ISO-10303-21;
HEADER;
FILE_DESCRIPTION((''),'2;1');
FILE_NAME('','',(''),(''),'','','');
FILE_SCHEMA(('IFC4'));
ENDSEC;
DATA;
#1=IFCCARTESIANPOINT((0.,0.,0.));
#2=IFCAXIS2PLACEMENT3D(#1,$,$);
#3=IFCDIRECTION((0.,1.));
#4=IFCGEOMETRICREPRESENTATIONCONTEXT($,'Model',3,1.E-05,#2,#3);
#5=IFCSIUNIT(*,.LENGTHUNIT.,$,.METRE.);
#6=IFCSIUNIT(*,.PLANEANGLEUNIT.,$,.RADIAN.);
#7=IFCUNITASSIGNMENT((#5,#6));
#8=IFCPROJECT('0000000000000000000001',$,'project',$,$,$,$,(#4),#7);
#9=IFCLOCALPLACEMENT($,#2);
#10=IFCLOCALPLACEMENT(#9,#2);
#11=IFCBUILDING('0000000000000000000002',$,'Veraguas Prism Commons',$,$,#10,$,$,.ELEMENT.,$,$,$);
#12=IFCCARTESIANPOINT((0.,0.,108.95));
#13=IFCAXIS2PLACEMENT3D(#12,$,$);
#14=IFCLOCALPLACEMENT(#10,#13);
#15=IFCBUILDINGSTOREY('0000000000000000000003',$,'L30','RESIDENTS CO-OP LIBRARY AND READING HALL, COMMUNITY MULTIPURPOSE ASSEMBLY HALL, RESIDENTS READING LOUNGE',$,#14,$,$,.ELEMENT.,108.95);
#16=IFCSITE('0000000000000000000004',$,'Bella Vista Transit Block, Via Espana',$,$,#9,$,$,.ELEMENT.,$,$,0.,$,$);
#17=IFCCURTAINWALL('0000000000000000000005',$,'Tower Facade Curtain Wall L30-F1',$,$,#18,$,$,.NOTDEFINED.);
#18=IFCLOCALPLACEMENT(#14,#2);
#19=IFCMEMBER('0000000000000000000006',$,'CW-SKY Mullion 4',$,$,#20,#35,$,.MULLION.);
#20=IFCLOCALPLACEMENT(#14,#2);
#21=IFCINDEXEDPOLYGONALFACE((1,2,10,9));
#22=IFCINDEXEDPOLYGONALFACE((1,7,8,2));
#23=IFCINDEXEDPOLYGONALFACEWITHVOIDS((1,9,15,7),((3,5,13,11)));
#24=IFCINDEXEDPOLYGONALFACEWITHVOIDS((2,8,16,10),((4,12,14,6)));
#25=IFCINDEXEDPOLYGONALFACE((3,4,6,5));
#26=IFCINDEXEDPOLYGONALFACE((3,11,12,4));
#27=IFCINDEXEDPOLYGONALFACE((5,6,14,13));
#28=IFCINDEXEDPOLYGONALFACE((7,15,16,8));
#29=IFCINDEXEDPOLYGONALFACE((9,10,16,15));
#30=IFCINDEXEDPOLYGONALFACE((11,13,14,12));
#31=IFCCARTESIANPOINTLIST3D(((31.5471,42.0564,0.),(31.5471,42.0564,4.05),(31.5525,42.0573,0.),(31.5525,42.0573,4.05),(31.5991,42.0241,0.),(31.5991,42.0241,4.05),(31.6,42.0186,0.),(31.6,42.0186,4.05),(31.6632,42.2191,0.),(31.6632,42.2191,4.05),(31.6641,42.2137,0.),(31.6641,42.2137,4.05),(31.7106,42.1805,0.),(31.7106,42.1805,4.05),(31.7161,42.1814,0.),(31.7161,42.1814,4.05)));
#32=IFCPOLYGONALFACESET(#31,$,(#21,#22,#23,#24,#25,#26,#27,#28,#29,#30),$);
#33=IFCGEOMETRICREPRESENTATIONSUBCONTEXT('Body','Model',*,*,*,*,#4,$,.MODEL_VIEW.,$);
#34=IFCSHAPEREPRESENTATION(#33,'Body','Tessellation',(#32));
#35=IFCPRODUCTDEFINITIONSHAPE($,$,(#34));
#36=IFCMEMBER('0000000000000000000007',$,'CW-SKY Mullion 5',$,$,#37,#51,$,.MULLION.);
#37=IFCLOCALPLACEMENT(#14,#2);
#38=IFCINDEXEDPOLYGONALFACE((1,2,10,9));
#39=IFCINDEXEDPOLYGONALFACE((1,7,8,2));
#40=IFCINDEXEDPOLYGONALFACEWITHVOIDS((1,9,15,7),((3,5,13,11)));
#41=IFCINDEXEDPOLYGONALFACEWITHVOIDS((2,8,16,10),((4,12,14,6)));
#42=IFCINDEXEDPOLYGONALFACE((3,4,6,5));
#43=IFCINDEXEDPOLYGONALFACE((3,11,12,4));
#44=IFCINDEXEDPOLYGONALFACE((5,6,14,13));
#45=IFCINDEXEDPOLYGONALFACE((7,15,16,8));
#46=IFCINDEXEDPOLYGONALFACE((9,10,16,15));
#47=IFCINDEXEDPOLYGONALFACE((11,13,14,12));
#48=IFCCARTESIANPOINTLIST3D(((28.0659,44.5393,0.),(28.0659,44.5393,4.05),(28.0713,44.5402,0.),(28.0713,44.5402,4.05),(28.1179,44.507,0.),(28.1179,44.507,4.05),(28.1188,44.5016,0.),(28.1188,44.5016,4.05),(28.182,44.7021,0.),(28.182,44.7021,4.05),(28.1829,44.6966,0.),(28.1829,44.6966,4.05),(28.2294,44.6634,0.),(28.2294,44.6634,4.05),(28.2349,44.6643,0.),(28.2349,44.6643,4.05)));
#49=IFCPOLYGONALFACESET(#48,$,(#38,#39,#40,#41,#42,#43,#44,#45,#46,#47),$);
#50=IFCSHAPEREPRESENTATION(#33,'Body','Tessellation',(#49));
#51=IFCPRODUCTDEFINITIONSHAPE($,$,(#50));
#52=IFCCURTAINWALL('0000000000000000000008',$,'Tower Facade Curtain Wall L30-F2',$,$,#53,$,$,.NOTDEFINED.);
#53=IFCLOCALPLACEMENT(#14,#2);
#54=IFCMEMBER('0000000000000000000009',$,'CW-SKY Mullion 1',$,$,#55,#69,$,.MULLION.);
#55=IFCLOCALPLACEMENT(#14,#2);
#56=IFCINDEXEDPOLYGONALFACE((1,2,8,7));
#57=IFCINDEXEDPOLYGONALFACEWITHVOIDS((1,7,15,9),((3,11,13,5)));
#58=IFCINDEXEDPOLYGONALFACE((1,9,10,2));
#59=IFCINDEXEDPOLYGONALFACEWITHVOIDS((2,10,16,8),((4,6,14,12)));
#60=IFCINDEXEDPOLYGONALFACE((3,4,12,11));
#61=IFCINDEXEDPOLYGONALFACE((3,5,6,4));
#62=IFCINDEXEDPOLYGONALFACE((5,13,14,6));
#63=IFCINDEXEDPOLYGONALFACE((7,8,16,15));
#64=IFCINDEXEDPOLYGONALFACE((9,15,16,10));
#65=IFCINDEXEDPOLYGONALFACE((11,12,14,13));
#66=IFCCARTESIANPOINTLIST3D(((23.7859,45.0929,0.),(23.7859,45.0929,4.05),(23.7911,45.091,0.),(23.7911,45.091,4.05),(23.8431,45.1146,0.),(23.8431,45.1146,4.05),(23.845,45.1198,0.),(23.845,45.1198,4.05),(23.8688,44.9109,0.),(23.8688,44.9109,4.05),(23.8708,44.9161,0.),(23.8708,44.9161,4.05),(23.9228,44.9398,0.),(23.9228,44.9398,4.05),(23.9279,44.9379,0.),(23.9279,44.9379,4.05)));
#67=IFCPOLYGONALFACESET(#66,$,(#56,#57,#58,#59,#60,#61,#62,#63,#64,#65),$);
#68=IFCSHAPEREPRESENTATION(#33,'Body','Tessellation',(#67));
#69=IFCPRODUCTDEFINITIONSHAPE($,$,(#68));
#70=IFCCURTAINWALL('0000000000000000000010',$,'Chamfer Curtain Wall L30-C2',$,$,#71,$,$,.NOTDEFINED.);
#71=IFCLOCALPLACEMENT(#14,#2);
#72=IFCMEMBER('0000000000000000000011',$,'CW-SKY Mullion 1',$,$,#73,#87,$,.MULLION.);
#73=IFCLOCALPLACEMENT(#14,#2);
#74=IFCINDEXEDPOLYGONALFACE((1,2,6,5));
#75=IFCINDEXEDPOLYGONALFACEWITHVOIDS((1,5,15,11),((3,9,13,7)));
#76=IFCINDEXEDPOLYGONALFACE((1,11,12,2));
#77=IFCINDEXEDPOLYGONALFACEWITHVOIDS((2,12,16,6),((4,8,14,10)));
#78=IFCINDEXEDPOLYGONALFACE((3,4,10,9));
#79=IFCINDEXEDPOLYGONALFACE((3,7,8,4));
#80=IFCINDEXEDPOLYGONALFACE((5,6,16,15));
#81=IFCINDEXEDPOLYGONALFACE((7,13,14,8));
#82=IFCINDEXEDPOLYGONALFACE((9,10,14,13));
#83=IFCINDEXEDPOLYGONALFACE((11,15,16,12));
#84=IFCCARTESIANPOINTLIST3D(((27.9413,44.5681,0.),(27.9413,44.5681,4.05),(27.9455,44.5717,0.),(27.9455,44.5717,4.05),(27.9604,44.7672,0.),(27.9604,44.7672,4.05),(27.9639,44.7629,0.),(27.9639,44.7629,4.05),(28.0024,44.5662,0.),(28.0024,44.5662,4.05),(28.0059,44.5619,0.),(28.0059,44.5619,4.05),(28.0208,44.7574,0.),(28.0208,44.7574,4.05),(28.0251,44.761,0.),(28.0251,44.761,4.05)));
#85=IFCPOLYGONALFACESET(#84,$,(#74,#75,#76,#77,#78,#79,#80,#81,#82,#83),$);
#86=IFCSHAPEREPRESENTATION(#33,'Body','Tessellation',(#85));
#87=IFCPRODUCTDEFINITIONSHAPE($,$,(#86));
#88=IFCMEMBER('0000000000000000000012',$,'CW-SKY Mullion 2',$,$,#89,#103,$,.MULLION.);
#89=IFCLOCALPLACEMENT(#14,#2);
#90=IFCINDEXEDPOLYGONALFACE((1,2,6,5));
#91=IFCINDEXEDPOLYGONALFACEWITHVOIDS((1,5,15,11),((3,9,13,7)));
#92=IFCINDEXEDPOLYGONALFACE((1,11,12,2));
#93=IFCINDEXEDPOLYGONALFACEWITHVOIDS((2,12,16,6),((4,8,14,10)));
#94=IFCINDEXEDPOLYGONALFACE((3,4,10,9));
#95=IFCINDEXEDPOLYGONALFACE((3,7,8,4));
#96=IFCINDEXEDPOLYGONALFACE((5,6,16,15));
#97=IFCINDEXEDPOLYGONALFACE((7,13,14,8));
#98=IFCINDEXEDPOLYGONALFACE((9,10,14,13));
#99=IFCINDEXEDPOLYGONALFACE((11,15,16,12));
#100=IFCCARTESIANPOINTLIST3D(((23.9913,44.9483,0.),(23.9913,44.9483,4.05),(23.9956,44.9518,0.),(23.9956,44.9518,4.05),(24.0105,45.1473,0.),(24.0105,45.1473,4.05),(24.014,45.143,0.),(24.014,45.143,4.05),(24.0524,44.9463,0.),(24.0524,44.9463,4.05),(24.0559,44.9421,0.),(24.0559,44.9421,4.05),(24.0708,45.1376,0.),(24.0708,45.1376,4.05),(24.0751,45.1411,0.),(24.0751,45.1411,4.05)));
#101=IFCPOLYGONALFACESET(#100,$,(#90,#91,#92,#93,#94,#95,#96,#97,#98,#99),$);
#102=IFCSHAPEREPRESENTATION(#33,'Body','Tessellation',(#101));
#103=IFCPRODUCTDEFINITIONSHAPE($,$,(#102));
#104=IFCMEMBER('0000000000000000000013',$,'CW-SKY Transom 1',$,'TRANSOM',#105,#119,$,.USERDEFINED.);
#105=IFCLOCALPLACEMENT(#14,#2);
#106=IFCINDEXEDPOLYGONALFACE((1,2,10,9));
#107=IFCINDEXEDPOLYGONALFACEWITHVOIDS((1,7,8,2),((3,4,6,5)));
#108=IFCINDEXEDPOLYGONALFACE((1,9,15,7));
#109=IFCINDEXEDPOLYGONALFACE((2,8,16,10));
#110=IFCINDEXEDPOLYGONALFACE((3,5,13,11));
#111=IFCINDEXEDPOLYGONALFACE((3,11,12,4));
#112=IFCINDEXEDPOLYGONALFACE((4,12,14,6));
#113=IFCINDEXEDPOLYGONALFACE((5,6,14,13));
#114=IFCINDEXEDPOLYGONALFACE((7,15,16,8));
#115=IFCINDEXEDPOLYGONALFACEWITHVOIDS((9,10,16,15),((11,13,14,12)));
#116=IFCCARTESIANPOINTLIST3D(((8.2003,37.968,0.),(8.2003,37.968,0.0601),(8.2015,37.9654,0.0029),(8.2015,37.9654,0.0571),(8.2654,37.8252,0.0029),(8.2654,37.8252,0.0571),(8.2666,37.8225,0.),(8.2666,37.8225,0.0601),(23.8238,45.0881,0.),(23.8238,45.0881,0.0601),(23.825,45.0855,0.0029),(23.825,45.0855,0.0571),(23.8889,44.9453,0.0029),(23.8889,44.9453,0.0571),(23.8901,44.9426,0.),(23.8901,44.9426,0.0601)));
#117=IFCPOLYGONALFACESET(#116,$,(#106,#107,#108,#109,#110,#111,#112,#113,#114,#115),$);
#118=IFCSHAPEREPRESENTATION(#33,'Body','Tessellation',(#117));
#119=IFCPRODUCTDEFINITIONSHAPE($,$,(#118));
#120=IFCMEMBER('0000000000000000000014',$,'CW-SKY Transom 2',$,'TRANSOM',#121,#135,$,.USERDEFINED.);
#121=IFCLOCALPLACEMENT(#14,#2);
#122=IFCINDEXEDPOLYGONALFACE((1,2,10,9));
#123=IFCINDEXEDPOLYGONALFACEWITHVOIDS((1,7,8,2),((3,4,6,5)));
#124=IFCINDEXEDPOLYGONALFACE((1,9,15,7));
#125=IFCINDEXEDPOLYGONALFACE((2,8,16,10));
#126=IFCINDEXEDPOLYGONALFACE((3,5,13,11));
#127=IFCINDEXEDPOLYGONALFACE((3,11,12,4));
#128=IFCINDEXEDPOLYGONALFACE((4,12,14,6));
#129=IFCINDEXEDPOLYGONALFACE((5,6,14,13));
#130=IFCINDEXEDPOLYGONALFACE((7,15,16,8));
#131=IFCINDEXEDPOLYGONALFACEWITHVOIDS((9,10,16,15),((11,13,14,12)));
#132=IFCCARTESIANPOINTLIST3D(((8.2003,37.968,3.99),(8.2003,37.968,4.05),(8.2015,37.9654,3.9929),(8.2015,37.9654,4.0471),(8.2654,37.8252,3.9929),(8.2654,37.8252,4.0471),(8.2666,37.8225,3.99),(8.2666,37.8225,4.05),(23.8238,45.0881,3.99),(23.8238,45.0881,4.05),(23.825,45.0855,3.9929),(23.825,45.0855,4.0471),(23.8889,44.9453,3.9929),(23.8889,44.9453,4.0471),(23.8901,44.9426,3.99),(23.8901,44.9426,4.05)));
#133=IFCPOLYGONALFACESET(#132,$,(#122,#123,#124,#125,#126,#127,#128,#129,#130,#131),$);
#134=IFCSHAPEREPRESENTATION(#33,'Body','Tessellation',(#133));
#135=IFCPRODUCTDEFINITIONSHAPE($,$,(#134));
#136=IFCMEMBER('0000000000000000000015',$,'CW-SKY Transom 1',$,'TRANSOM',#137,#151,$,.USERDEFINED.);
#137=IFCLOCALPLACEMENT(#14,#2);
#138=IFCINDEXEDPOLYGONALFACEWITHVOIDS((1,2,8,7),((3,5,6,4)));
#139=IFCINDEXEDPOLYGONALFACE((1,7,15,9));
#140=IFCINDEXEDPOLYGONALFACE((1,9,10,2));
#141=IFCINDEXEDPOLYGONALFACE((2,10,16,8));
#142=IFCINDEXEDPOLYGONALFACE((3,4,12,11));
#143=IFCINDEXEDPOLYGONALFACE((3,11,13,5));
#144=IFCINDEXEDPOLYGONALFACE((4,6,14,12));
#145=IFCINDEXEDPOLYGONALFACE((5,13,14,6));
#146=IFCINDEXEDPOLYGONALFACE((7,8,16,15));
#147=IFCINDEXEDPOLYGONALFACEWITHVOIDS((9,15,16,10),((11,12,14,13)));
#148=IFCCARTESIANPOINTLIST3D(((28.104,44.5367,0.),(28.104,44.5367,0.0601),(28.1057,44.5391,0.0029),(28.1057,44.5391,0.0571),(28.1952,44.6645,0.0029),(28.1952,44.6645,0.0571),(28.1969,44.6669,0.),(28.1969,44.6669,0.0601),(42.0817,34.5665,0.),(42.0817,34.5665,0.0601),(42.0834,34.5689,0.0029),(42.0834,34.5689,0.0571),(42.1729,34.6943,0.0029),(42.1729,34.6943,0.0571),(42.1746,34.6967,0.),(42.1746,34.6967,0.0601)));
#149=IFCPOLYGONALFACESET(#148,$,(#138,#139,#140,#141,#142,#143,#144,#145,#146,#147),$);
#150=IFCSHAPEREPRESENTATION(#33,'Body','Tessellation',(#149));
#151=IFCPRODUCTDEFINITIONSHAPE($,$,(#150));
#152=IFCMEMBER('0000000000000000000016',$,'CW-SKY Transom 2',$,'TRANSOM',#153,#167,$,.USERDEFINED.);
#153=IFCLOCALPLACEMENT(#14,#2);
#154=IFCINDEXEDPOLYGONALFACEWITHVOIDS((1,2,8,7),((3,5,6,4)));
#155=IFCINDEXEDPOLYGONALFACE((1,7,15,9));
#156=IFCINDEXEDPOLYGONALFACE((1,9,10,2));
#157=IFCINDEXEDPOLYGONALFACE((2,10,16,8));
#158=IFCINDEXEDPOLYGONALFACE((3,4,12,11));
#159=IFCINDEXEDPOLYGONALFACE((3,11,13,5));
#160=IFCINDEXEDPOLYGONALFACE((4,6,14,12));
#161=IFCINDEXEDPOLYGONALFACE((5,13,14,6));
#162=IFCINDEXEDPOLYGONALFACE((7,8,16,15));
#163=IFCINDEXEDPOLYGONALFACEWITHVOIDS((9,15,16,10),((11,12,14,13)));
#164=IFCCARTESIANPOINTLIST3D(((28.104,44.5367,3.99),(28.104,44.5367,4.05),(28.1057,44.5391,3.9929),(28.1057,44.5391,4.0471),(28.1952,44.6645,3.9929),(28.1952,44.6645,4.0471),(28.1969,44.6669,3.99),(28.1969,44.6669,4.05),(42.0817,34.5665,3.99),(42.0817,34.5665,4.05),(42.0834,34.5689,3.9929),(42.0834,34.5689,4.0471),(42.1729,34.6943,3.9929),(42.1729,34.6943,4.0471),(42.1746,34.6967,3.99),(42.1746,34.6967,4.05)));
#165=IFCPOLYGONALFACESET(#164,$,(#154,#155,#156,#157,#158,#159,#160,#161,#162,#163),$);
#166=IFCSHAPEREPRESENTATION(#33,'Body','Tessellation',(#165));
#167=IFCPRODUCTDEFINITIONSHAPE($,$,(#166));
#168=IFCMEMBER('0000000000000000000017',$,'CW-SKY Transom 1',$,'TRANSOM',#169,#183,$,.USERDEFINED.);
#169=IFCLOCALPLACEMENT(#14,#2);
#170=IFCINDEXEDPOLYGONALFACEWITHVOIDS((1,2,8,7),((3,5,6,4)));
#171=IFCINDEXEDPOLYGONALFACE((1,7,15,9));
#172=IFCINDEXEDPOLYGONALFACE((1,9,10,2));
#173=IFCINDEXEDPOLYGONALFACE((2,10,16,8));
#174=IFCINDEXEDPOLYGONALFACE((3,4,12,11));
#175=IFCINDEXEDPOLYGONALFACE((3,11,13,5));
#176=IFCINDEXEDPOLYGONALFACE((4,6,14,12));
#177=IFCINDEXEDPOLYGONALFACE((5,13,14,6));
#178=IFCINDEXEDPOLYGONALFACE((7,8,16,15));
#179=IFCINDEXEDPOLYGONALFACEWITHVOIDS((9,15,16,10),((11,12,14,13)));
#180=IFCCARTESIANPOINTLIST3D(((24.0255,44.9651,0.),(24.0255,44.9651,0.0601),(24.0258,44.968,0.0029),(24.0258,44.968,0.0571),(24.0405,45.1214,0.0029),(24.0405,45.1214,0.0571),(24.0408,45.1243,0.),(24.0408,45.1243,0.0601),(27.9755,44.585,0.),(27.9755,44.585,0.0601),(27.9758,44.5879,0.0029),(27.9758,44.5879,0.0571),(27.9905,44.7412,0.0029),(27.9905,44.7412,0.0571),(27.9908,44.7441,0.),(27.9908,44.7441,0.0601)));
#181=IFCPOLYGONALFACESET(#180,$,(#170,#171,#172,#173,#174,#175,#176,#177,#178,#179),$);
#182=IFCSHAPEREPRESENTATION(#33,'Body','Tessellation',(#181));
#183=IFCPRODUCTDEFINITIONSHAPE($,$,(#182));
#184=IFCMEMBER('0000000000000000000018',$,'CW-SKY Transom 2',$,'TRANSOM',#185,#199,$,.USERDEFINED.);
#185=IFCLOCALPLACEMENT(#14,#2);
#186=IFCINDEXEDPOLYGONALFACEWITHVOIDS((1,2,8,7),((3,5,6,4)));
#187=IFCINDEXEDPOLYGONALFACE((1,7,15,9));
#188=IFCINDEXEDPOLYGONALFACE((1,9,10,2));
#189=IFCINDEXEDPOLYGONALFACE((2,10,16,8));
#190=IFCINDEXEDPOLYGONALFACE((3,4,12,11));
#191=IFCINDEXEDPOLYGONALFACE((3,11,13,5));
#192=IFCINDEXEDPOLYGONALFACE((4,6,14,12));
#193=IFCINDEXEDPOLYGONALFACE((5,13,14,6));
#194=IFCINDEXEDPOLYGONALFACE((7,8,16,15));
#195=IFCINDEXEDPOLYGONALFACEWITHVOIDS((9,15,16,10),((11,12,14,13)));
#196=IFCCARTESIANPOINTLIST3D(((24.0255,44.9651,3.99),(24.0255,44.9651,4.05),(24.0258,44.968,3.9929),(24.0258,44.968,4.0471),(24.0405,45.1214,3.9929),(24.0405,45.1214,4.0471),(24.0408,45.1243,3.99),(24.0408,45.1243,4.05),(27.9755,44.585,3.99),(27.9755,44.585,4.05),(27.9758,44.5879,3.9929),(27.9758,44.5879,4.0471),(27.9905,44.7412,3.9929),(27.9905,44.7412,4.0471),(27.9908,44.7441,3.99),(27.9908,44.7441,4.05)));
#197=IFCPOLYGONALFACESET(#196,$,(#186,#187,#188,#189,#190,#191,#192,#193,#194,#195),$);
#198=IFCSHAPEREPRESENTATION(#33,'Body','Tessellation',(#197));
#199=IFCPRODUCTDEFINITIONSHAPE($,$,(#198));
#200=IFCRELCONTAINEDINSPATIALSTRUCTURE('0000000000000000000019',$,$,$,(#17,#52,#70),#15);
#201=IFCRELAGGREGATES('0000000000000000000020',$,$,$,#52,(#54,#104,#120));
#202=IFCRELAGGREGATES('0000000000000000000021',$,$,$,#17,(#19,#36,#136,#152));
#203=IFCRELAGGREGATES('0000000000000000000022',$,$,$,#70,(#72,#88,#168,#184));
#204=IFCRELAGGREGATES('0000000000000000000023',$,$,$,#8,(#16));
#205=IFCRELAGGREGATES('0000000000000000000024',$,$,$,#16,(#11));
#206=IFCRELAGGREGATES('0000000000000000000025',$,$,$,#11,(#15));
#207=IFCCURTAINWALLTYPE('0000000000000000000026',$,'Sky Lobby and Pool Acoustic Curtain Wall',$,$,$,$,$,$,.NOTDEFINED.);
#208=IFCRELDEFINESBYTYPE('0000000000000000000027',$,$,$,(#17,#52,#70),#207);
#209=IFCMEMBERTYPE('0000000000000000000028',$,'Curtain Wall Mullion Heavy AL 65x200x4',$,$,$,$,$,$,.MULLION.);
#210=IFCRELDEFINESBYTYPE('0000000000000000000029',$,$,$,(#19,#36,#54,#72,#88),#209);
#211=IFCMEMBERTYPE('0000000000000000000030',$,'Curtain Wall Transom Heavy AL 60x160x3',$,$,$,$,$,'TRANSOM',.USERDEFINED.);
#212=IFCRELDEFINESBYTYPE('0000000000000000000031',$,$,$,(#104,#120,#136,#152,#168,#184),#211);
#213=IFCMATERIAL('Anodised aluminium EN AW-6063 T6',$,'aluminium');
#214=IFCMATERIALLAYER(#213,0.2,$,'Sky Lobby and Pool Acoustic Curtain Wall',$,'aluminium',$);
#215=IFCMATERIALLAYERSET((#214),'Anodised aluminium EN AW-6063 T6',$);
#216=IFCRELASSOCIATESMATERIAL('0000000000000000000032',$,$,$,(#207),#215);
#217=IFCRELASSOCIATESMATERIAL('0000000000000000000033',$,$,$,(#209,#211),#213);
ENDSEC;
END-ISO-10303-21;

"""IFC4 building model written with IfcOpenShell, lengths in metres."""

from ifc_helpers import new_model, si_unit, direction, frame, origin, origin_2d, place, context, subcontext, project, spatial, hollow_rectangle, extrude, source, transform, mapped, material, layer, layer_set, material_profile, profile_set, type_object, element, aggregate, save


model = new_model("IFC4")

# Units and contexts
model_context = context("Model", 3, precision=1e-05, world=origin(), true_north=direction((0.0, 1.0)))
body_context = subcontext(model_context, "Body", "Model", "MODEL_VIEW")
ifc_project = project(units=[si_unit("LENGTHUNIT", "METRE"), si_unit("PLANEANGLEUNIT", "RADIAN")], contexts=[model_context])

# Site, building, storey
site_placement = place(None, origin())
site = spatial("IfcSite", under=ifc_project, at=site_placement, Name="Bella Vista Transit Block, Via Espana", CompositionType="ELEMENT", RefElevation=0.0)
building_placement = place(site_placement, origin())
building = spatial("IfcBuilding", under=site, at=building_placement, Name="Veraguas Prism Commons", CompositionType="ELEMENT")
storey_placement = place(building_placement, frame((0.0, 0.0, 108.95)))
storey = spatial("IfcBuildingStorey", under=building, at=storey_placement, Name="L30", Description="RESIDENTS CO-OP LIBRARY AND READING HALL, COMMUNITY MULTIPURPOSE ASSEMBLY HALL, RESIDENTS READING LOUNGE", CompositionType="ELEMENT", Elevation=108.95)

# Curtain wall, members
ifc_material_1 = material(Name="Anodised aluminium EN AW-6063 T6", Category="aluminium")
ifc_layer_1 = layer(ifc_material_1, 0.2, Name="Sky Lobby and Pool Acoustic Curtain Wall", Category="aluminium")
ifc_layer_set_1 = layer_set([ifc_layer_1], Name="Anodised aluminium EN AW-6063 T6")
curtain_wall_type = type_object("IfcCurtainWallType", Name="Sky Lobby and Pool Acoustic Curtain Wall", PredefinedType="NOTDEFINED", material=ifc_layer_set_1)
curtain_wall_1_placement = place(storey_placement, origin())
curtain_wall_1 = element("IfcCurtainWall", 1, at=curtain_wall_1_placement, inside=storey, type_object=curtain_wall_type, Name="Tower Facade Curtain Wall L30-F1", PredefinedType="NOTDEFINED")
ifc_material_profile_1 = material_profile(ifc_material_1, hollow_rectangle(XDim=0.0649, YDim=0.2, WallThickness=0.0039, at=origin_2d()), Name="AL65X200X4")
ifc_profile_set_1 = profile_set([ifc_material_profile_1], Name="Anodised aluminium EN AW-6063 T6")
member_type_1 = type_object("IfcMemberType", Name="Curtain Wall Mullion Heavy AL 65x200x4", PredefinedType="MULLION", material=ifc_profile_set_1)
shared_shape_1 = source(origin(), body_context, "Body", "SweptSolid", [
    extrude(hollow_rectangle(XDim=0.0649, YDim=0.2, WallThickness=0.0039, at=origin_2d()), origin(), (0.0, 0.0, 1.0), 4.05),
])
member_1_placement = place(storey_placement, frame((31.6316, 42.1189, 0.0), z_axis=(0.0, 0.0, 1.0), x_axis=(-0.814115, 0.580704, 0.0)))
member_1 = element("IfcMember", 2, at=member_1_placement, type_object=member_type_1, Name="CW-SKY Mullion 4", PredefinedType="MULLION", context=body_context, shape_type="MappedRepresentation", body=[
    mapped(shared_shape_1, transform((0.0, 0.0, 0.0), scale=1.0)),
])
member_2_placement = place(storey_placement, frame((28.1504, 44.6018, 0.0), z_axis=(0.0, 0.0, 1.0), x_axis=(-0.814115, 0.580704, 0.0)))
member_2 = element("IfcMember", 3, at=member_2_placement, type_object=member_type_1, Name="CW-SKY Mullion 5", PredefinedType="MULLION", context=body_context, shape_type="MappedRepresentation", body=[
    mapped(shared_shape_1, transform((0.0, 0.0, 0.0), scale=1.0)),
])

# Curtain wall, member
curtain_wall_2_placement = place(storey_placement, origin())
curtain_wall_2 = element("IfcCurtainWall", 4, at=curtain_wall_2_placement, inside=storey, type_object=curtain_wall_type, Name="Tower Facade Curtain Wall L30-F2", PredefinedType="NOTDEFINED")
member_3_placement = place(storey_placement, frame((23.8569, 45.0154, 0.0), z_axis=(0.0, 0.0, 1.0), x_axis=(-0.909961, -0.414695, 0.0)))
member_3 = element("IfcMember", 5, at=member_3_placement, type_object=member_type_1, Name="CW-SKY Mullion 1", PredefinedType="MULLION", context=body_context, shape_type="MappedRepresentation", body=[
    mapped(shared_shape_1, transform((0.0, 0.0, 0.0), scale=1.0)),
])

# Curtain wall, members
curtain_wall_3_placement = place(storey_placement, origin())
curtain_wall_3 = element("IfcCurtainWall", 6, at=curtain_wall_3_placement, inside=storey, type_object=curtain_wall_type, Name="Chamfer Curtain Wall L30-C2", PredefinedType="NOTDEFINED")
member_4_placement = place(storey_placement, frame((27.9832, 44.6646, 0.0), z_axis=(0.0, 0.0, 1.0), x_axis=(-0.995398, 0.09583, 0.0)))
member_4 = element("IfcMember", 7, at=member_4_placement, type_object=member_type_1, Name="CW-SKY Mullion 1", PredefinedType="MULLION", context=body_context, shape_type="MappedRepresentation", body=[
    mapped(shared_shape_1, transform((0.0, 0.0, 0.0), scale=1.0)),
])
member_5_placement = place(storey_placement, frame((24.0332, 45.0447, 0.0), z_axis=(0.0, 0.0, 1.0), x_axis=(-0.995398, 0.09583, 0.0)))
member_5 = element("IfcMember", 8, at=member_5_placement, type_object=member_type_1, Name="CW-SKY Mullion 2", PredefinedType="MULLION", context=body_context, shape_type="MappedRepresentation", body=[
    mapped(shared_shape_1, transform((0.0, 0.0, 0.0), scale=1.0)),
])

# Members
ifc_material_profile_2 = material_profile(ifc_material_1, hollow_rectangle(XDim=0.0601, YDim=0.1599, WallThickness=0.0029, at=origin_2d()), Name="AL60X160X3")
ifc_profile_set_2 = profile_set([ifc_material_profile_2], Name="Anodised aluminium EN AW-6063 T6")
member_type_2 = type_object("IfcMemberType", Name="Curtain Wall Transom Heavy AL 60x160x3", ElementType="TRANSOM", PredefinedType="USERDEFINED", material=ifc_profile_set_2)
shared_shape_2 = source(origin(), body_context, "Body", "SweptSolid", [
    extrude(hollow_rectangle(XDim=0.0601, YDim=0.1599, WallThickness=0.0029, at=origin_2d()), origin(), (0.0, 0.0, 1.0), 17.1694),
])
member_6_placement = place(storey_placement, frame((23.8569, 45.0154, 0.03), z_axis=(-0.90996, -0.414696, 0.0), x_axis=(0.0, 0.0, 1.0)))
member_6 = element("IfcMember", 9, at=member_6_placement, type_object=member_type_2, Name="CW-SKY Transom 1", ObjectType="TRANSOM", PredefinedType="USERDEFINED", context=body_context, shape_type="MappedRepresentation", body=[
    mapped(shared_shape_2, transform((0.0, 0.0, 0.0), scale=1.0)),
])
member_7_placement = place(storey_placement, frame((23.8569, 45.0154, 4.02), z_axis=(-0.90996, -0.414696, 0.0), x_axis=(0.0, 0.0, 1.0)))
member_7 = element("IfcMember", 10, at=member_7_placement, type_object=member_type_2, Name="CW-SKY Transom 2", ObjectType="TRANSOM", PredefinedType="USERDEFINED", context=body_context, shape_type="MappedRepresentation", body=[
    mapped(shared_shape_2, transform((0.0, 0.0, 0.0), scale=1.0)),
])
aggregate(curtain_wall_2, [member_3, member_6, member_7])
shared_shape_3 = source(origin(), body_context, "Body", "SweptSolid", [
    extrude(hollow_rectangle(XDim=0.0601, YDim=0.1599, WallThickness=0.0029, at=origin_2d()), origin(), (0.0, 0.0, 1.0), 17.1692),
])
member_8_placement = place(storey_placement, frame((42.1282, 34.6316, 0.03), z_axis=(-0.814117, 0.580701, 0.0), x_axis=(0.0, 0.0, 1.0)))
member_8 = element("IfcMember", 11, at=member_8_placement, type_object=member_type_2, Name="CW-SKY Transom 1", ObjectType="TRANSOM", PredefinedType="USERDEFINED", context=body_context, shape_type="MappedRepresentation", body=[
    mapped(shared_shape_3, transform((0.0, 0.0, 0.0), scale=1.0)),
])
member_9_placement = place(storey_placement, frame((42.1282, 34.6316, 4.02), z_axis=(-0.814117, 0.580701, 0.0), x_axis=(0.0, 0.0, 1.0)))
member_9 = element("IfcMember", 12, at=member_9_placement, type_object=member_type_2, Name="CW-SKY Transom 2", ObjectType="TRANSOM", PredefinedType="USERDEFINED", context=body_context, shape_type="MappedRepresentation", body=[
    mapped(shared_shape_3, transform((0.0, 0.0, 0.0), scale=1.0)),
])
shared_shape_4 = source(origin(), body_context, "Body", "SweptSolid", [
    extrude(hollow_rectangle(XDim=0.0601, YDim=0.1599, WallThickness=0.0029, at=origin_2d()), origin(), (0.0, 0.0, 1.0), 3.9683),
])
member_10_placement = place(storey_placement, frame((27.9832, 44.6646, 0.03), z_axis=(-0.995401, 0.095793, 0.0), x_axis=(0.0, 0.0, 1.0)))
member_10 = element("IfcMember", 13, at=member_10_placement, type_object=member_type_2, Name="CW-SKY Transom 1", ObjectType="TRANSOM", PredefinedType="USERDEFINED", context=body_context, shape_type="MappedRepresentation", body=[
    mapped(shared_shape_4, transform((0.0, 0.0, 0.0), scale=1.0)),
])
member_11_placement = place(storey_placement, frame((27.9832, 44.6646, 4.02), z_axis=(-0.995401, 0.095793, 0.0), x_axis=(0.0, 0.0, 1.0)))
member_11 = element("IfcMember", 14, at=member_11_placement, type_object=member_type_2, Name="CW-SKY Transom 2", ObjectType="TRANSOM", PredefinedType="USERDEFINED", context=body_context, shape_type="MappedRepresentation", body=[
    mapped(shared_shape_4, transform((0.0, 0.0, 0.0), scale=1.0)),
])

aggregate(curtain_wall_1, [member_1, member_2, member_8, member_9])
aggregate(curtain_wall_3, [member_4, member_5, member_10, member_11])

save(model, "model.ifc")
